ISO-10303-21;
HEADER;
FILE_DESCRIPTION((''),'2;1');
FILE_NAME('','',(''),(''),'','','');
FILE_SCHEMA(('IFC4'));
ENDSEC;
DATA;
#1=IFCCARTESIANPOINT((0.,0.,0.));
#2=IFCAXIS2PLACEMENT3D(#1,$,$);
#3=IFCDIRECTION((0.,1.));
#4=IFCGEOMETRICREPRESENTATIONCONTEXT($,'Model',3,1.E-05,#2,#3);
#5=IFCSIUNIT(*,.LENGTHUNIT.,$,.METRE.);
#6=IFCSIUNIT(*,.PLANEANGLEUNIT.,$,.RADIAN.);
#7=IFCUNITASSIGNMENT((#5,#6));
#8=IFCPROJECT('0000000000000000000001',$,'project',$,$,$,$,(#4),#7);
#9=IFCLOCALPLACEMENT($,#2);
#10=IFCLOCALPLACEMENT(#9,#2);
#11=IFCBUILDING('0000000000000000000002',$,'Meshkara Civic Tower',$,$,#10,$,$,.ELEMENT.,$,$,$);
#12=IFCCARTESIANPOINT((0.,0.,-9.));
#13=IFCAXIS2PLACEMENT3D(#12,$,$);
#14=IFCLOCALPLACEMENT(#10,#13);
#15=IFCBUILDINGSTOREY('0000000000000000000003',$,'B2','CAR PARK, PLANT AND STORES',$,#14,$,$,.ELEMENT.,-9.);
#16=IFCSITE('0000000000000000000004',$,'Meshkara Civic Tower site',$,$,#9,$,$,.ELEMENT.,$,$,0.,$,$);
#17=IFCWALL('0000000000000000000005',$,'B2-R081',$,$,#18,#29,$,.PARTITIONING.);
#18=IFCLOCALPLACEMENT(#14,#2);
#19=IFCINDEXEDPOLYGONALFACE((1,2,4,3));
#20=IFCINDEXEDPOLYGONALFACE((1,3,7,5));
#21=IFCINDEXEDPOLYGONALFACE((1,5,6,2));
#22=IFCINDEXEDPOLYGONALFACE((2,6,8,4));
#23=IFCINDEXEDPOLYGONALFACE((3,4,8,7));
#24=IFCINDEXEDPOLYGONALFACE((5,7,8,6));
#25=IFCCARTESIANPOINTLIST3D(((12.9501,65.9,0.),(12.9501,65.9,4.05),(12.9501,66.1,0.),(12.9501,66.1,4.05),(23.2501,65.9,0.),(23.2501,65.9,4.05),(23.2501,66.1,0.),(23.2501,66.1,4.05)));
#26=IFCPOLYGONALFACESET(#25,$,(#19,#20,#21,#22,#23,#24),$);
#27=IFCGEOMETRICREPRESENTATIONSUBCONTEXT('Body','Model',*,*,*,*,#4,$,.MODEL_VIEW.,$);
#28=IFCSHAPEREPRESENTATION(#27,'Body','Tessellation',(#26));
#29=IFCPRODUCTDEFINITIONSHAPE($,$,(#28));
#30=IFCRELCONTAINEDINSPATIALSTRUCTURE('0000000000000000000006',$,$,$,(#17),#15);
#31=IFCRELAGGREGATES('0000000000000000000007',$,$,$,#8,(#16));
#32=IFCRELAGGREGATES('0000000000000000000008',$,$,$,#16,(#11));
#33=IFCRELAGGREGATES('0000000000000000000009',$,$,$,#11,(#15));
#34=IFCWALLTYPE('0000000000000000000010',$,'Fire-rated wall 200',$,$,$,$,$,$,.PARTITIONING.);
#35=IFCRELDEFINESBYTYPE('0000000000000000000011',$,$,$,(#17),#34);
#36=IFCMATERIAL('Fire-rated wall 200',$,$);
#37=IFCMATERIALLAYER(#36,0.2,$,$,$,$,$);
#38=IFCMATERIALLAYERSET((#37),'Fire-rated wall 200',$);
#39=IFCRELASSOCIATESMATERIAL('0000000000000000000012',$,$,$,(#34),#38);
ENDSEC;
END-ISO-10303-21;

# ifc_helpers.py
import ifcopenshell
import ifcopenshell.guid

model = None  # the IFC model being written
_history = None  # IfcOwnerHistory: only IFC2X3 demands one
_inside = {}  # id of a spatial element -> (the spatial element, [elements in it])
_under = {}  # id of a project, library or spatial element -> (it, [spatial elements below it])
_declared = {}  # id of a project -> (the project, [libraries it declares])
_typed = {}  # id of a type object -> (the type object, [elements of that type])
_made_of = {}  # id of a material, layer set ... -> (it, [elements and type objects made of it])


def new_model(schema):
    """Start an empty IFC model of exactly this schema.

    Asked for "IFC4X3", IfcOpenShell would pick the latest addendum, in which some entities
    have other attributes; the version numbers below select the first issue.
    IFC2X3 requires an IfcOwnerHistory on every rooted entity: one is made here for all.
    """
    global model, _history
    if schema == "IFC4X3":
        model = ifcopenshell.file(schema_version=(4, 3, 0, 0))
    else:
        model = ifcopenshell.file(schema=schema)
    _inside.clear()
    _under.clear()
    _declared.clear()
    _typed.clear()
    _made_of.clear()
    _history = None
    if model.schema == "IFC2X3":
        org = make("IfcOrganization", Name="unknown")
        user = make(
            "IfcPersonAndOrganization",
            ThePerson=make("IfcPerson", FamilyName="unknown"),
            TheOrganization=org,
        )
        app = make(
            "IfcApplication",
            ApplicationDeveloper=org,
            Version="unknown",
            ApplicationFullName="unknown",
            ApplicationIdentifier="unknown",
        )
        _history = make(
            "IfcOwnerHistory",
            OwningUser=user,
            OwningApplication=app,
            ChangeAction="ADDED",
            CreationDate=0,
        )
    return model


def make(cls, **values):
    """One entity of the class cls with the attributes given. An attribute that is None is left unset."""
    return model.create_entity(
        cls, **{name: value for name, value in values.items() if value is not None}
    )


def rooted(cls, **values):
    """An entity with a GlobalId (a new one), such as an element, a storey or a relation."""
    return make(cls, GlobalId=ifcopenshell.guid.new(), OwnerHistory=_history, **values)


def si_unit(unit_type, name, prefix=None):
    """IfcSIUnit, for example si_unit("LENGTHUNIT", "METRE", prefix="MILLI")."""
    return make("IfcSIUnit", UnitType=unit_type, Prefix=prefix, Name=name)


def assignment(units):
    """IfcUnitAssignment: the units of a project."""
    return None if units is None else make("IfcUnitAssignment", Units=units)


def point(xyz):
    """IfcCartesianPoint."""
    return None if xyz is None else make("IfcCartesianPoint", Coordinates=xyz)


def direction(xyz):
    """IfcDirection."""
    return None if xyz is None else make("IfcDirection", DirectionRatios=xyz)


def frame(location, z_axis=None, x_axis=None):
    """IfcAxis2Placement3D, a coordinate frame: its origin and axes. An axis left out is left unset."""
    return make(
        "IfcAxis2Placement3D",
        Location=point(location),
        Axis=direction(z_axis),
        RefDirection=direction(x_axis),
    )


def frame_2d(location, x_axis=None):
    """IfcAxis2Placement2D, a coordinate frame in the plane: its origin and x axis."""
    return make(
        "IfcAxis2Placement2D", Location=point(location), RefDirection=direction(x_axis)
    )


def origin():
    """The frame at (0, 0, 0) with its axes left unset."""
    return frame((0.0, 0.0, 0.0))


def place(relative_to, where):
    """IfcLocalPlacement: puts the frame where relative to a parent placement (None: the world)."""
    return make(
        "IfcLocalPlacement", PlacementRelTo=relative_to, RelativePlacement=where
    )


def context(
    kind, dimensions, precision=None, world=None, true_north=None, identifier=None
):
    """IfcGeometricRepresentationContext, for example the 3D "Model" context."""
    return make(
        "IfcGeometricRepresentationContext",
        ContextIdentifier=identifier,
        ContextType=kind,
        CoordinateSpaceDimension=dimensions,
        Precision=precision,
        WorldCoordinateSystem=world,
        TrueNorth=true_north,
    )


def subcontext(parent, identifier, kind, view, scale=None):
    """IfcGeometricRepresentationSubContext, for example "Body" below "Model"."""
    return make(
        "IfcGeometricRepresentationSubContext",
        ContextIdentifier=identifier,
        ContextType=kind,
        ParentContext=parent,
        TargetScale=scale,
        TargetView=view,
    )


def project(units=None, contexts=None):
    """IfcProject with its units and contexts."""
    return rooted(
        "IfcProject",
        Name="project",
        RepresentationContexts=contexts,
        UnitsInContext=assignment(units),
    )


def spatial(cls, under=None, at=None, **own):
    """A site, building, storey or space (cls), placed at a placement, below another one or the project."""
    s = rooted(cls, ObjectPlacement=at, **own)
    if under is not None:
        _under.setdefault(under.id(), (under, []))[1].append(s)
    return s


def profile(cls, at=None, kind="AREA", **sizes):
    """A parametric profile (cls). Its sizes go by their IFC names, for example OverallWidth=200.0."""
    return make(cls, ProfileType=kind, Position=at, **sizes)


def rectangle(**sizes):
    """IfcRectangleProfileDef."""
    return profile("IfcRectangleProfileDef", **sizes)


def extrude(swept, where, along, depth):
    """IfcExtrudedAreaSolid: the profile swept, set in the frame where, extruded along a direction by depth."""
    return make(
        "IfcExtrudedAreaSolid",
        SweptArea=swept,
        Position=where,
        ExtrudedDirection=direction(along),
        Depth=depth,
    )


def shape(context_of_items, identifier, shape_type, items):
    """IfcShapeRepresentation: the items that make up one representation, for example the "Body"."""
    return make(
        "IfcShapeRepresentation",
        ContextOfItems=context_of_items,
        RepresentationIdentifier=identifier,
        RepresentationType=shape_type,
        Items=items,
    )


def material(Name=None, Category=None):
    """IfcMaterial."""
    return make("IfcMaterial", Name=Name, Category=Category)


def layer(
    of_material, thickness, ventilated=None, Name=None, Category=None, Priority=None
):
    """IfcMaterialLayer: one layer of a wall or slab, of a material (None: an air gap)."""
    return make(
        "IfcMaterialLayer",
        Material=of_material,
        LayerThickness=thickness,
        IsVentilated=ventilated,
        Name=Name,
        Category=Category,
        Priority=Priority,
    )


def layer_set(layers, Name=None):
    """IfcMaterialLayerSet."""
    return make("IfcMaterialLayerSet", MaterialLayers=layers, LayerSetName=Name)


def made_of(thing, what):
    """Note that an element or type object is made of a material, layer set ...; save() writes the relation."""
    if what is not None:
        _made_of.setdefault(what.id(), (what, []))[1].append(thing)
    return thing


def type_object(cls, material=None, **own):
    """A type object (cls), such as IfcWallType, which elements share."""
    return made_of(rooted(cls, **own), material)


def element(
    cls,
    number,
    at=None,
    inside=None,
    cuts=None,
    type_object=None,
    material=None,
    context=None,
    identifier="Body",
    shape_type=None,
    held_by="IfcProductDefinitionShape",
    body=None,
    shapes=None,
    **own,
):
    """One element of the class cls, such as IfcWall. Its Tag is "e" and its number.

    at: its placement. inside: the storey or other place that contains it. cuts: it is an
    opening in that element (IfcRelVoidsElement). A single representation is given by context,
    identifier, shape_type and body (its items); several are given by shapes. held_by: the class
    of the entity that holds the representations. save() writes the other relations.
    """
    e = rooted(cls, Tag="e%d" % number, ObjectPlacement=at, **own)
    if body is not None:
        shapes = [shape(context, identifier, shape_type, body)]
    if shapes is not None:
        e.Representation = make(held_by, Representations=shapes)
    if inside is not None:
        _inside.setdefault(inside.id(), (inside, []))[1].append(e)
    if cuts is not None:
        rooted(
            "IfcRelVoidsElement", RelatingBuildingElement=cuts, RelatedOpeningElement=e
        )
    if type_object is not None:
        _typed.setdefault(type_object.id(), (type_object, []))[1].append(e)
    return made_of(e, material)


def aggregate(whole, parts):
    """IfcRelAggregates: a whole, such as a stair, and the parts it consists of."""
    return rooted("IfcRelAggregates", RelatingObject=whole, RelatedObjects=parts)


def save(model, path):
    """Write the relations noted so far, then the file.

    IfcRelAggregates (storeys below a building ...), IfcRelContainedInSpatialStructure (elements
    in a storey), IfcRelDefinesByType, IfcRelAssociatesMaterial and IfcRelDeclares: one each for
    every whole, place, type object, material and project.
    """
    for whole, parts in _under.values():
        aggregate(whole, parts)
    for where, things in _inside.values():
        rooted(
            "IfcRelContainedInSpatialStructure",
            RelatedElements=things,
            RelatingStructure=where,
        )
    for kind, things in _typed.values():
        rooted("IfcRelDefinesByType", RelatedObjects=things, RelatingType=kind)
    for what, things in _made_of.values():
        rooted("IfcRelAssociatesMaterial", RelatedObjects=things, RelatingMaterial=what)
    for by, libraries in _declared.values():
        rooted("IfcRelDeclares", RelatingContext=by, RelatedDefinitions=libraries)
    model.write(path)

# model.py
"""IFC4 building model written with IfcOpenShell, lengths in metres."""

from ifc_helpers import new_model, si_unit, direction, frame, frame_2d, origin, place, context, subcontext, project, spatial, rectangle, extrude, material, layer, layer_set, type_object, element, save


model = new_model("IFC4")

# Units and contexts
model_context = context("Model", 3, precision=1e-05, world=origin(), true_north=direction((0.0, 1.0)))
body_context = subcontext(model_context, "Body", "Model", "MODEL_VIEW")
ifc_project = project(units=[si_unit("LENGTHUNIT", "METRE"), si_unit("PLANEANGLEUNIT", "RADIAN")], contexts=[model_context])

# Site, building, storey
site_placement = place(None, origin())
site = spatial("IfcSite", under=ifc_project, at=site_placement, Name="Meshkara Civic Tower site", CompositionType="ELEMENT", RefElevation=0.0)
building_placement = place(site_placement, origin())
building = spatial("IfcBuilding", under=site, at=building_placement, Name="Meshkara Civic Tower", CompositionType="ELEMENT")
storey_placement = place(building_placement, frame((0.0, 0.0, -9.0)))
storey = spatial("IfcBuildingStorey", under=building, at=storey_placement, Name="B2", Description="CAR PARK, PLANT AND STORES", CompositionType="ELEMENT", Elevation=-9.0)

# Wall
ifc_material_1 = material(Name="Fire-rated wall 200")
ifc_layer = layer(ifc_material_1, 0.2)
ifc_layer_set = layer_set([ifc_layer], Name="Fire-rated wall 200")
wall_type = type_object("IfcWallType", Name="Fire-rated wall 200", PredefinedType="PARTITIONING", material=ifc_layer_set)
wall_1_placement = place(storey_placement, frame((23.25, 66.0, 0.0), z_axis=(0.0, 0.0, 1.0), x_axis=(-1.0, 0.0, 0.0)))
element("IfcWall", 1, at=wall_1_placement, inside=storey, type_object=wall_type, Name="B2-R081", PredefinedType="PARTITIONING", context=body_context, shape_type="SweptSolid", body=[
    extrude(rectangle(XDim=10.3, YDim=0.2, at=frame_2d((5.1499, 0.0))), origin(), (0.0, 0.0, 1.0), 4.05),
])

save(model, "model.ifc")
